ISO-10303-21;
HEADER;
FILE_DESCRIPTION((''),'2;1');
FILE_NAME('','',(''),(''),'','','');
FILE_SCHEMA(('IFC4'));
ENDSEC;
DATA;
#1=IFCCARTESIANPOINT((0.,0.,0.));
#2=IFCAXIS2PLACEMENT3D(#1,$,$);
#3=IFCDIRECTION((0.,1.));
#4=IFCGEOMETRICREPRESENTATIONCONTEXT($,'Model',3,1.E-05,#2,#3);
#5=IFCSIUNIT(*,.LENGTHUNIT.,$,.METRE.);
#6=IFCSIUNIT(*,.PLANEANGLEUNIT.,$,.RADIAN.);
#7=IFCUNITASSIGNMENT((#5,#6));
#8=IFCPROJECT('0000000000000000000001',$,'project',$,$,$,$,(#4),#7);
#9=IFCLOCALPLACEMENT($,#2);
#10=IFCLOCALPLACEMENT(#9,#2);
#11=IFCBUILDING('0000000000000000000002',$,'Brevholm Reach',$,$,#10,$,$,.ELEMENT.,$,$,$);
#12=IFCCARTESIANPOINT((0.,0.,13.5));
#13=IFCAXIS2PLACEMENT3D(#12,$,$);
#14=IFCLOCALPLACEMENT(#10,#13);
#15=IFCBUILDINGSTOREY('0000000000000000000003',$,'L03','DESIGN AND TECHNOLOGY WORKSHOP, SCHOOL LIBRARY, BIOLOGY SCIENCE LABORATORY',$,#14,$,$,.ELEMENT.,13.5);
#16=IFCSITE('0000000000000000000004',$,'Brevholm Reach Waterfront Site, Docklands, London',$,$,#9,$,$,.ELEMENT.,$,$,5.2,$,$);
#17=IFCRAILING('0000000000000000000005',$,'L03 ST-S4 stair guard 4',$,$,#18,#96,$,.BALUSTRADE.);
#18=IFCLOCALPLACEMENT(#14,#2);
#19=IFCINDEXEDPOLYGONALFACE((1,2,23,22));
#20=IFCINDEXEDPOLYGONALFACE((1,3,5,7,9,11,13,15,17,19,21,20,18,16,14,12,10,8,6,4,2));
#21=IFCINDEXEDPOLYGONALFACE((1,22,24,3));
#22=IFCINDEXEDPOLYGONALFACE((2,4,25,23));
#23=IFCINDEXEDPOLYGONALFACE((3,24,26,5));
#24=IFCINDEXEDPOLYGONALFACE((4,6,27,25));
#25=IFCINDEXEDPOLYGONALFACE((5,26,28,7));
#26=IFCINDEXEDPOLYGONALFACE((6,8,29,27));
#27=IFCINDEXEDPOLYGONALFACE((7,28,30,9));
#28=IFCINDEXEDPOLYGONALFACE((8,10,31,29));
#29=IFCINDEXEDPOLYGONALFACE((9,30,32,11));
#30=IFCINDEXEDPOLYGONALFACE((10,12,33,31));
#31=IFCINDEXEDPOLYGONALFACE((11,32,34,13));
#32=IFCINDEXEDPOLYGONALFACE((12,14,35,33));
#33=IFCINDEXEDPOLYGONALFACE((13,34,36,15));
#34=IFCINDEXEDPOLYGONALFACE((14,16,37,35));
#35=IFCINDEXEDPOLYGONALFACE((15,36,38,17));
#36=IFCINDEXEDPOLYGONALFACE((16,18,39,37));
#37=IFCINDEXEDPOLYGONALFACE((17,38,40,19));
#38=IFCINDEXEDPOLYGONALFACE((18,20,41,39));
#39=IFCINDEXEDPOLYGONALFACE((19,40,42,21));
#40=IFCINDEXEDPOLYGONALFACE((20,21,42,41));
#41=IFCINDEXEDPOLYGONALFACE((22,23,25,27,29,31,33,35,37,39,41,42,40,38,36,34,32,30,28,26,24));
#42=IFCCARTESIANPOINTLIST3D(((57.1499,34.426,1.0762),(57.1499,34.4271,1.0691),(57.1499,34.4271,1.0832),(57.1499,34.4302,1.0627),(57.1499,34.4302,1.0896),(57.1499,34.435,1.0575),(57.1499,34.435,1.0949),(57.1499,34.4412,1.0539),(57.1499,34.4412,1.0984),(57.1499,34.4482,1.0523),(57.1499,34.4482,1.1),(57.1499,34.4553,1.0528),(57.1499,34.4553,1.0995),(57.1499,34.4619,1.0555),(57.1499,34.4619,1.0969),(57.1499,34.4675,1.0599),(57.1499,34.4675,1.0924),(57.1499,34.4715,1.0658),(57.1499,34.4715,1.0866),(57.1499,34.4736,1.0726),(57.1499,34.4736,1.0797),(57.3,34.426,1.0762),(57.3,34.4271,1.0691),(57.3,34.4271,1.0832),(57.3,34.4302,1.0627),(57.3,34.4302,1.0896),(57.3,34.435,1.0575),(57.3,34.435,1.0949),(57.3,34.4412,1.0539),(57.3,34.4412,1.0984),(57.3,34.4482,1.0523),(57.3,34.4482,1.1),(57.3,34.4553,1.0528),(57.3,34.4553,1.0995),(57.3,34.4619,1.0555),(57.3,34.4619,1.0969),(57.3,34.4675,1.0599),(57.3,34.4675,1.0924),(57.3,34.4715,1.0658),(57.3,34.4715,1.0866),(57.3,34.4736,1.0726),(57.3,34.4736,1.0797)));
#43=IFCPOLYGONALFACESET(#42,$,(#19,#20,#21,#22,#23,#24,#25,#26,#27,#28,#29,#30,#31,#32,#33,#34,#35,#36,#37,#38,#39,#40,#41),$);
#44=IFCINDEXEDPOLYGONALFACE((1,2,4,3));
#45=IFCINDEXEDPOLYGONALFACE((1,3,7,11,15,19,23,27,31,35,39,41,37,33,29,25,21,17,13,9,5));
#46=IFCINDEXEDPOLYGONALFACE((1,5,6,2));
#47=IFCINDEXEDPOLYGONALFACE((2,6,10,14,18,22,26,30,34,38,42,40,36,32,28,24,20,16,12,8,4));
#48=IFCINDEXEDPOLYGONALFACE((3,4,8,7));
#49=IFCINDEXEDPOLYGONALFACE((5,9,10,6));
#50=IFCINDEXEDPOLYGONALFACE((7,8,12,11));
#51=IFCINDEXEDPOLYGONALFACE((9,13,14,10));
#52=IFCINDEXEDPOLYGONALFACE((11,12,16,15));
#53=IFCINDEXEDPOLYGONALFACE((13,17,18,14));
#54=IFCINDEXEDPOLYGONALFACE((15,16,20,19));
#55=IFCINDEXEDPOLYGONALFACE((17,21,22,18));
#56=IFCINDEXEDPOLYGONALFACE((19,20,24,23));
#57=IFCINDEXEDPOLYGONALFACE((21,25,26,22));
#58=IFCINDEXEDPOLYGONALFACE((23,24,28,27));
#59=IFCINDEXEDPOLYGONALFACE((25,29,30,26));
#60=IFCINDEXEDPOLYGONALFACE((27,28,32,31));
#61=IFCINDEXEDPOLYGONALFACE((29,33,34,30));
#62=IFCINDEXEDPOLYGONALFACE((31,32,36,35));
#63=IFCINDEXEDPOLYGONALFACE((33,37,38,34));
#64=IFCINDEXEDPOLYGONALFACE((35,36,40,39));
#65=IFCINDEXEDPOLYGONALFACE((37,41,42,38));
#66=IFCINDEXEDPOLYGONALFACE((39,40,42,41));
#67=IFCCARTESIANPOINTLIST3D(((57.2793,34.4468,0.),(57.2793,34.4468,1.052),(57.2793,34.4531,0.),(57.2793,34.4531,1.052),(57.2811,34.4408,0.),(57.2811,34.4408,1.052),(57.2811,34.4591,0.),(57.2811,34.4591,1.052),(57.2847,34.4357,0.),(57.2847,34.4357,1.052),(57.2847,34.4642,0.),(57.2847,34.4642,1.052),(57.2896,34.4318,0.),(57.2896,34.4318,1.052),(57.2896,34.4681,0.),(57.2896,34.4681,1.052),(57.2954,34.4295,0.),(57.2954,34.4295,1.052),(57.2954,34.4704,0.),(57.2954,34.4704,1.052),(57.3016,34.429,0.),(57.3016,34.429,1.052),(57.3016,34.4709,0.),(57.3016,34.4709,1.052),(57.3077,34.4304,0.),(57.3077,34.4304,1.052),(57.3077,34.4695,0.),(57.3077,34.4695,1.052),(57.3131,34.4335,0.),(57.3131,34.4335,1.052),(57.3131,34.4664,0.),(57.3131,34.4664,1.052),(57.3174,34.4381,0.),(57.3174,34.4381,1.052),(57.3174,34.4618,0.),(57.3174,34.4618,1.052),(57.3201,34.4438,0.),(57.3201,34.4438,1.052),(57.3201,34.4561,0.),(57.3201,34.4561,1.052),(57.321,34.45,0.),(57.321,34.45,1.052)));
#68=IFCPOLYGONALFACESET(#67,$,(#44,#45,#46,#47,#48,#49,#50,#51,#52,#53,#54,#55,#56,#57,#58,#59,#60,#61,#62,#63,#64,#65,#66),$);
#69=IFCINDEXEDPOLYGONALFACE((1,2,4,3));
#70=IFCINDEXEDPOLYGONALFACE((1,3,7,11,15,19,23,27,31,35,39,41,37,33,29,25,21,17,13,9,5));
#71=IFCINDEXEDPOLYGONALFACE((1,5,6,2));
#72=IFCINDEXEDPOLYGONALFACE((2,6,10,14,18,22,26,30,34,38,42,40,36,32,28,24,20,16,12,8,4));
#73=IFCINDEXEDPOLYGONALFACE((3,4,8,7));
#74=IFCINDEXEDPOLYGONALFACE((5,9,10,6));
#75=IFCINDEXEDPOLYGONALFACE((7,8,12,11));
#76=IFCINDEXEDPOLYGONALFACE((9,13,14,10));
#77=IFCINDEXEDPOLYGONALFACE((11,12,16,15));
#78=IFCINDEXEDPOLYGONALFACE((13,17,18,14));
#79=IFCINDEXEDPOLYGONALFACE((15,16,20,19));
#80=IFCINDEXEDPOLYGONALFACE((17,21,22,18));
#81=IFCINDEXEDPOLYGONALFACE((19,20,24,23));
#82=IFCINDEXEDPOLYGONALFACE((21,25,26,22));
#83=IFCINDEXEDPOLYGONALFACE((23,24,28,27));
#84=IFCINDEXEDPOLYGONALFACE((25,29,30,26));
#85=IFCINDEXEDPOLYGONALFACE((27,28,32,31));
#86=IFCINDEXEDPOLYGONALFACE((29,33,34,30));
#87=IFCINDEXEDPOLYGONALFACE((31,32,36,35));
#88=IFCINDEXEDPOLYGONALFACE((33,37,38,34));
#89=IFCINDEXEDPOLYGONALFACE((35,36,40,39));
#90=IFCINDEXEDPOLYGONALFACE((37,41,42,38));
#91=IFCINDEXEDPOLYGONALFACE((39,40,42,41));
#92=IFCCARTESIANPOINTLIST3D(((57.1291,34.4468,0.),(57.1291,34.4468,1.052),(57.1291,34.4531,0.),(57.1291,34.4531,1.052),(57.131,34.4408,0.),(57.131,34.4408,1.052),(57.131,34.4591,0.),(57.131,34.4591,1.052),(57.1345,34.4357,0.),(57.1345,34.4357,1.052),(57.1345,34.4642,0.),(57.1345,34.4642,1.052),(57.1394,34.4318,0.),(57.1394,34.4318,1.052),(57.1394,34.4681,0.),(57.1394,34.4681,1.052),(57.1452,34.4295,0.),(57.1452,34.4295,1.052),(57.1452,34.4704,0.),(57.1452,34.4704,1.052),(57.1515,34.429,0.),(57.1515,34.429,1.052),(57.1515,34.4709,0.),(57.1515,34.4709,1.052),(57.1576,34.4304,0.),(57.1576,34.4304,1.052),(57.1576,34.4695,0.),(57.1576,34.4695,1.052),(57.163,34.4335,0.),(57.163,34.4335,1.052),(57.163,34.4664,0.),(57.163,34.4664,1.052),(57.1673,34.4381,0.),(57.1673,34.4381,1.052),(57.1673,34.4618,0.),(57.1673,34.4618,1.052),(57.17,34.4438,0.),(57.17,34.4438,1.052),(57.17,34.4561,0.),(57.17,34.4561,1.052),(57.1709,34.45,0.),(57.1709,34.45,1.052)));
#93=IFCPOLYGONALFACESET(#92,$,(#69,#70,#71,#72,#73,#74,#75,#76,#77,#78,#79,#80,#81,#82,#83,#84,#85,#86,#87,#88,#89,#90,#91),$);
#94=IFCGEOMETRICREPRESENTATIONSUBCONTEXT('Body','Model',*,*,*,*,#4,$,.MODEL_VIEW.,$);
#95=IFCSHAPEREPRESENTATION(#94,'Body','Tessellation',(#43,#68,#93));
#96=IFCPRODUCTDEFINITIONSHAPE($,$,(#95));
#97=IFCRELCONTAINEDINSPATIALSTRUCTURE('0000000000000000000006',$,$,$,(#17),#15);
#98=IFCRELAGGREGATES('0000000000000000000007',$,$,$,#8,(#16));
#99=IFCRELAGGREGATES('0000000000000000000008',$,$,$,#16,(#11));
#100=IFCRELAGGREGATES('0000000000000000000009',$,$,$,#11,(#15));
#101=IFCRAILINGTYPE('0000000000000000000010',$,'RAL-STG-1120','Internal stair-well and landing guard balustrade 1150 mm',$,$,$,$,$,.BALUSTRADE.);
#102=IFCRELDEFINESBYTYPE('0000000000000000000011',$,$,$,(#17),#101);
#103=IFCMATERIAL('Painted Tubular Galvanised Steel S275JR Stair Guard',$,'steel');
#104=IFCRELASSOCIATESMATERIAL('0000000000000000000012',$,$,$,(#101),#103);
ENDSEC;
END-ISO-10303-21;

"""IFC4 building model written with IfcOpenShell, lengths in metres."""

from ifc_helpers import new_model, si_unit, direction, frame, origin, origin_2d, place, context, subcontext, project, spatial, circle, extrude, material, type_object, element, save


model = new_model("IFC4")

# Units and contexts
model_context = context("Model", 3, precision=1e-05, world=origin(), true_north=direction((0.0, 1.0)))
body_context = subcontext(model_context, "Body", "Model", "MODEL_VIEW")
ifc_project = project(units=[si_unit("LENGTHUNIT", "METRE"), si_unit("PLANEANGLEUNIT", "RADIAN")], contexts=[model_context])

# Site, building, storey
site_placement = place(None, origin())
site = spatial("IfcSite", under=ifc_project, at=site_placement, Name="Brevholm Reach Waterfront Site, Docklands, London", CompositionType="ELEMENT", RefElevation=5.2)
building_placement = place(site_placement, origin())
building = spatial("IfcBuilding", under=site, at=building_placement, Name="Brevholm Reach", CompositionType="ELEMENT")
storey_placement = place(building_placement, frame((0.0, 0.0, 13.5)))
storey = spatial("IfcBuildingStorey", under=building, at=storey_placement, Name="L03", Description="DESIGN AND TECHNOLOGY WORKSHOP, SCHOOL LIBRARY, BIOLOGY SCIENCE LABORATORY", CompositionType="ELEMENT", Elevation=13.5)

# Railing
ifc_material_1 = material(Name="Painted Tubular Galvanised Steel S275JR Stair Guard", Category="steel")
railing_type_1 = type_object("IfcRailingType", Name="RAL-STG-1120", Description="Internal stair-well and landing guard balustrade 1150 mm", PredefinedType="BALUSTRADE", material=ifc_material_1)
railing_1_placement = place(storey_placement, frame((57.3, 34.45, 0.0)))
element("IfcRailing", 1, at=railing_1_placement, inside=storey, type_object=railing_type_1, Name="L03 ST-S4 stair guard 4", PredefinedType="BALUSTRADE", context=body_context, shape_type="SweptSolid", body=[
    extrude(circle(Radius=0.0239, at=origin_2d()), frame((0.0, 0.0, 1.0762), z_axis=(-1.0, 0.0, 0.0), x_axis=(0.0, -1.0, 0.0)), (0.0, 0.0, 1.0), 0.1501),
    extrude(circle(Radius=0.021, at=origin_2d()), origin(), (0.0, 0.0, 1.0), 1.052),
    extrude(circle(Radius=0.021, at=origin_2d()), frame((-0.1501, 0.0, 0.0)), (0.0, 0.0, 1.0), 1.052),
])

save(model, "model.ifc")
